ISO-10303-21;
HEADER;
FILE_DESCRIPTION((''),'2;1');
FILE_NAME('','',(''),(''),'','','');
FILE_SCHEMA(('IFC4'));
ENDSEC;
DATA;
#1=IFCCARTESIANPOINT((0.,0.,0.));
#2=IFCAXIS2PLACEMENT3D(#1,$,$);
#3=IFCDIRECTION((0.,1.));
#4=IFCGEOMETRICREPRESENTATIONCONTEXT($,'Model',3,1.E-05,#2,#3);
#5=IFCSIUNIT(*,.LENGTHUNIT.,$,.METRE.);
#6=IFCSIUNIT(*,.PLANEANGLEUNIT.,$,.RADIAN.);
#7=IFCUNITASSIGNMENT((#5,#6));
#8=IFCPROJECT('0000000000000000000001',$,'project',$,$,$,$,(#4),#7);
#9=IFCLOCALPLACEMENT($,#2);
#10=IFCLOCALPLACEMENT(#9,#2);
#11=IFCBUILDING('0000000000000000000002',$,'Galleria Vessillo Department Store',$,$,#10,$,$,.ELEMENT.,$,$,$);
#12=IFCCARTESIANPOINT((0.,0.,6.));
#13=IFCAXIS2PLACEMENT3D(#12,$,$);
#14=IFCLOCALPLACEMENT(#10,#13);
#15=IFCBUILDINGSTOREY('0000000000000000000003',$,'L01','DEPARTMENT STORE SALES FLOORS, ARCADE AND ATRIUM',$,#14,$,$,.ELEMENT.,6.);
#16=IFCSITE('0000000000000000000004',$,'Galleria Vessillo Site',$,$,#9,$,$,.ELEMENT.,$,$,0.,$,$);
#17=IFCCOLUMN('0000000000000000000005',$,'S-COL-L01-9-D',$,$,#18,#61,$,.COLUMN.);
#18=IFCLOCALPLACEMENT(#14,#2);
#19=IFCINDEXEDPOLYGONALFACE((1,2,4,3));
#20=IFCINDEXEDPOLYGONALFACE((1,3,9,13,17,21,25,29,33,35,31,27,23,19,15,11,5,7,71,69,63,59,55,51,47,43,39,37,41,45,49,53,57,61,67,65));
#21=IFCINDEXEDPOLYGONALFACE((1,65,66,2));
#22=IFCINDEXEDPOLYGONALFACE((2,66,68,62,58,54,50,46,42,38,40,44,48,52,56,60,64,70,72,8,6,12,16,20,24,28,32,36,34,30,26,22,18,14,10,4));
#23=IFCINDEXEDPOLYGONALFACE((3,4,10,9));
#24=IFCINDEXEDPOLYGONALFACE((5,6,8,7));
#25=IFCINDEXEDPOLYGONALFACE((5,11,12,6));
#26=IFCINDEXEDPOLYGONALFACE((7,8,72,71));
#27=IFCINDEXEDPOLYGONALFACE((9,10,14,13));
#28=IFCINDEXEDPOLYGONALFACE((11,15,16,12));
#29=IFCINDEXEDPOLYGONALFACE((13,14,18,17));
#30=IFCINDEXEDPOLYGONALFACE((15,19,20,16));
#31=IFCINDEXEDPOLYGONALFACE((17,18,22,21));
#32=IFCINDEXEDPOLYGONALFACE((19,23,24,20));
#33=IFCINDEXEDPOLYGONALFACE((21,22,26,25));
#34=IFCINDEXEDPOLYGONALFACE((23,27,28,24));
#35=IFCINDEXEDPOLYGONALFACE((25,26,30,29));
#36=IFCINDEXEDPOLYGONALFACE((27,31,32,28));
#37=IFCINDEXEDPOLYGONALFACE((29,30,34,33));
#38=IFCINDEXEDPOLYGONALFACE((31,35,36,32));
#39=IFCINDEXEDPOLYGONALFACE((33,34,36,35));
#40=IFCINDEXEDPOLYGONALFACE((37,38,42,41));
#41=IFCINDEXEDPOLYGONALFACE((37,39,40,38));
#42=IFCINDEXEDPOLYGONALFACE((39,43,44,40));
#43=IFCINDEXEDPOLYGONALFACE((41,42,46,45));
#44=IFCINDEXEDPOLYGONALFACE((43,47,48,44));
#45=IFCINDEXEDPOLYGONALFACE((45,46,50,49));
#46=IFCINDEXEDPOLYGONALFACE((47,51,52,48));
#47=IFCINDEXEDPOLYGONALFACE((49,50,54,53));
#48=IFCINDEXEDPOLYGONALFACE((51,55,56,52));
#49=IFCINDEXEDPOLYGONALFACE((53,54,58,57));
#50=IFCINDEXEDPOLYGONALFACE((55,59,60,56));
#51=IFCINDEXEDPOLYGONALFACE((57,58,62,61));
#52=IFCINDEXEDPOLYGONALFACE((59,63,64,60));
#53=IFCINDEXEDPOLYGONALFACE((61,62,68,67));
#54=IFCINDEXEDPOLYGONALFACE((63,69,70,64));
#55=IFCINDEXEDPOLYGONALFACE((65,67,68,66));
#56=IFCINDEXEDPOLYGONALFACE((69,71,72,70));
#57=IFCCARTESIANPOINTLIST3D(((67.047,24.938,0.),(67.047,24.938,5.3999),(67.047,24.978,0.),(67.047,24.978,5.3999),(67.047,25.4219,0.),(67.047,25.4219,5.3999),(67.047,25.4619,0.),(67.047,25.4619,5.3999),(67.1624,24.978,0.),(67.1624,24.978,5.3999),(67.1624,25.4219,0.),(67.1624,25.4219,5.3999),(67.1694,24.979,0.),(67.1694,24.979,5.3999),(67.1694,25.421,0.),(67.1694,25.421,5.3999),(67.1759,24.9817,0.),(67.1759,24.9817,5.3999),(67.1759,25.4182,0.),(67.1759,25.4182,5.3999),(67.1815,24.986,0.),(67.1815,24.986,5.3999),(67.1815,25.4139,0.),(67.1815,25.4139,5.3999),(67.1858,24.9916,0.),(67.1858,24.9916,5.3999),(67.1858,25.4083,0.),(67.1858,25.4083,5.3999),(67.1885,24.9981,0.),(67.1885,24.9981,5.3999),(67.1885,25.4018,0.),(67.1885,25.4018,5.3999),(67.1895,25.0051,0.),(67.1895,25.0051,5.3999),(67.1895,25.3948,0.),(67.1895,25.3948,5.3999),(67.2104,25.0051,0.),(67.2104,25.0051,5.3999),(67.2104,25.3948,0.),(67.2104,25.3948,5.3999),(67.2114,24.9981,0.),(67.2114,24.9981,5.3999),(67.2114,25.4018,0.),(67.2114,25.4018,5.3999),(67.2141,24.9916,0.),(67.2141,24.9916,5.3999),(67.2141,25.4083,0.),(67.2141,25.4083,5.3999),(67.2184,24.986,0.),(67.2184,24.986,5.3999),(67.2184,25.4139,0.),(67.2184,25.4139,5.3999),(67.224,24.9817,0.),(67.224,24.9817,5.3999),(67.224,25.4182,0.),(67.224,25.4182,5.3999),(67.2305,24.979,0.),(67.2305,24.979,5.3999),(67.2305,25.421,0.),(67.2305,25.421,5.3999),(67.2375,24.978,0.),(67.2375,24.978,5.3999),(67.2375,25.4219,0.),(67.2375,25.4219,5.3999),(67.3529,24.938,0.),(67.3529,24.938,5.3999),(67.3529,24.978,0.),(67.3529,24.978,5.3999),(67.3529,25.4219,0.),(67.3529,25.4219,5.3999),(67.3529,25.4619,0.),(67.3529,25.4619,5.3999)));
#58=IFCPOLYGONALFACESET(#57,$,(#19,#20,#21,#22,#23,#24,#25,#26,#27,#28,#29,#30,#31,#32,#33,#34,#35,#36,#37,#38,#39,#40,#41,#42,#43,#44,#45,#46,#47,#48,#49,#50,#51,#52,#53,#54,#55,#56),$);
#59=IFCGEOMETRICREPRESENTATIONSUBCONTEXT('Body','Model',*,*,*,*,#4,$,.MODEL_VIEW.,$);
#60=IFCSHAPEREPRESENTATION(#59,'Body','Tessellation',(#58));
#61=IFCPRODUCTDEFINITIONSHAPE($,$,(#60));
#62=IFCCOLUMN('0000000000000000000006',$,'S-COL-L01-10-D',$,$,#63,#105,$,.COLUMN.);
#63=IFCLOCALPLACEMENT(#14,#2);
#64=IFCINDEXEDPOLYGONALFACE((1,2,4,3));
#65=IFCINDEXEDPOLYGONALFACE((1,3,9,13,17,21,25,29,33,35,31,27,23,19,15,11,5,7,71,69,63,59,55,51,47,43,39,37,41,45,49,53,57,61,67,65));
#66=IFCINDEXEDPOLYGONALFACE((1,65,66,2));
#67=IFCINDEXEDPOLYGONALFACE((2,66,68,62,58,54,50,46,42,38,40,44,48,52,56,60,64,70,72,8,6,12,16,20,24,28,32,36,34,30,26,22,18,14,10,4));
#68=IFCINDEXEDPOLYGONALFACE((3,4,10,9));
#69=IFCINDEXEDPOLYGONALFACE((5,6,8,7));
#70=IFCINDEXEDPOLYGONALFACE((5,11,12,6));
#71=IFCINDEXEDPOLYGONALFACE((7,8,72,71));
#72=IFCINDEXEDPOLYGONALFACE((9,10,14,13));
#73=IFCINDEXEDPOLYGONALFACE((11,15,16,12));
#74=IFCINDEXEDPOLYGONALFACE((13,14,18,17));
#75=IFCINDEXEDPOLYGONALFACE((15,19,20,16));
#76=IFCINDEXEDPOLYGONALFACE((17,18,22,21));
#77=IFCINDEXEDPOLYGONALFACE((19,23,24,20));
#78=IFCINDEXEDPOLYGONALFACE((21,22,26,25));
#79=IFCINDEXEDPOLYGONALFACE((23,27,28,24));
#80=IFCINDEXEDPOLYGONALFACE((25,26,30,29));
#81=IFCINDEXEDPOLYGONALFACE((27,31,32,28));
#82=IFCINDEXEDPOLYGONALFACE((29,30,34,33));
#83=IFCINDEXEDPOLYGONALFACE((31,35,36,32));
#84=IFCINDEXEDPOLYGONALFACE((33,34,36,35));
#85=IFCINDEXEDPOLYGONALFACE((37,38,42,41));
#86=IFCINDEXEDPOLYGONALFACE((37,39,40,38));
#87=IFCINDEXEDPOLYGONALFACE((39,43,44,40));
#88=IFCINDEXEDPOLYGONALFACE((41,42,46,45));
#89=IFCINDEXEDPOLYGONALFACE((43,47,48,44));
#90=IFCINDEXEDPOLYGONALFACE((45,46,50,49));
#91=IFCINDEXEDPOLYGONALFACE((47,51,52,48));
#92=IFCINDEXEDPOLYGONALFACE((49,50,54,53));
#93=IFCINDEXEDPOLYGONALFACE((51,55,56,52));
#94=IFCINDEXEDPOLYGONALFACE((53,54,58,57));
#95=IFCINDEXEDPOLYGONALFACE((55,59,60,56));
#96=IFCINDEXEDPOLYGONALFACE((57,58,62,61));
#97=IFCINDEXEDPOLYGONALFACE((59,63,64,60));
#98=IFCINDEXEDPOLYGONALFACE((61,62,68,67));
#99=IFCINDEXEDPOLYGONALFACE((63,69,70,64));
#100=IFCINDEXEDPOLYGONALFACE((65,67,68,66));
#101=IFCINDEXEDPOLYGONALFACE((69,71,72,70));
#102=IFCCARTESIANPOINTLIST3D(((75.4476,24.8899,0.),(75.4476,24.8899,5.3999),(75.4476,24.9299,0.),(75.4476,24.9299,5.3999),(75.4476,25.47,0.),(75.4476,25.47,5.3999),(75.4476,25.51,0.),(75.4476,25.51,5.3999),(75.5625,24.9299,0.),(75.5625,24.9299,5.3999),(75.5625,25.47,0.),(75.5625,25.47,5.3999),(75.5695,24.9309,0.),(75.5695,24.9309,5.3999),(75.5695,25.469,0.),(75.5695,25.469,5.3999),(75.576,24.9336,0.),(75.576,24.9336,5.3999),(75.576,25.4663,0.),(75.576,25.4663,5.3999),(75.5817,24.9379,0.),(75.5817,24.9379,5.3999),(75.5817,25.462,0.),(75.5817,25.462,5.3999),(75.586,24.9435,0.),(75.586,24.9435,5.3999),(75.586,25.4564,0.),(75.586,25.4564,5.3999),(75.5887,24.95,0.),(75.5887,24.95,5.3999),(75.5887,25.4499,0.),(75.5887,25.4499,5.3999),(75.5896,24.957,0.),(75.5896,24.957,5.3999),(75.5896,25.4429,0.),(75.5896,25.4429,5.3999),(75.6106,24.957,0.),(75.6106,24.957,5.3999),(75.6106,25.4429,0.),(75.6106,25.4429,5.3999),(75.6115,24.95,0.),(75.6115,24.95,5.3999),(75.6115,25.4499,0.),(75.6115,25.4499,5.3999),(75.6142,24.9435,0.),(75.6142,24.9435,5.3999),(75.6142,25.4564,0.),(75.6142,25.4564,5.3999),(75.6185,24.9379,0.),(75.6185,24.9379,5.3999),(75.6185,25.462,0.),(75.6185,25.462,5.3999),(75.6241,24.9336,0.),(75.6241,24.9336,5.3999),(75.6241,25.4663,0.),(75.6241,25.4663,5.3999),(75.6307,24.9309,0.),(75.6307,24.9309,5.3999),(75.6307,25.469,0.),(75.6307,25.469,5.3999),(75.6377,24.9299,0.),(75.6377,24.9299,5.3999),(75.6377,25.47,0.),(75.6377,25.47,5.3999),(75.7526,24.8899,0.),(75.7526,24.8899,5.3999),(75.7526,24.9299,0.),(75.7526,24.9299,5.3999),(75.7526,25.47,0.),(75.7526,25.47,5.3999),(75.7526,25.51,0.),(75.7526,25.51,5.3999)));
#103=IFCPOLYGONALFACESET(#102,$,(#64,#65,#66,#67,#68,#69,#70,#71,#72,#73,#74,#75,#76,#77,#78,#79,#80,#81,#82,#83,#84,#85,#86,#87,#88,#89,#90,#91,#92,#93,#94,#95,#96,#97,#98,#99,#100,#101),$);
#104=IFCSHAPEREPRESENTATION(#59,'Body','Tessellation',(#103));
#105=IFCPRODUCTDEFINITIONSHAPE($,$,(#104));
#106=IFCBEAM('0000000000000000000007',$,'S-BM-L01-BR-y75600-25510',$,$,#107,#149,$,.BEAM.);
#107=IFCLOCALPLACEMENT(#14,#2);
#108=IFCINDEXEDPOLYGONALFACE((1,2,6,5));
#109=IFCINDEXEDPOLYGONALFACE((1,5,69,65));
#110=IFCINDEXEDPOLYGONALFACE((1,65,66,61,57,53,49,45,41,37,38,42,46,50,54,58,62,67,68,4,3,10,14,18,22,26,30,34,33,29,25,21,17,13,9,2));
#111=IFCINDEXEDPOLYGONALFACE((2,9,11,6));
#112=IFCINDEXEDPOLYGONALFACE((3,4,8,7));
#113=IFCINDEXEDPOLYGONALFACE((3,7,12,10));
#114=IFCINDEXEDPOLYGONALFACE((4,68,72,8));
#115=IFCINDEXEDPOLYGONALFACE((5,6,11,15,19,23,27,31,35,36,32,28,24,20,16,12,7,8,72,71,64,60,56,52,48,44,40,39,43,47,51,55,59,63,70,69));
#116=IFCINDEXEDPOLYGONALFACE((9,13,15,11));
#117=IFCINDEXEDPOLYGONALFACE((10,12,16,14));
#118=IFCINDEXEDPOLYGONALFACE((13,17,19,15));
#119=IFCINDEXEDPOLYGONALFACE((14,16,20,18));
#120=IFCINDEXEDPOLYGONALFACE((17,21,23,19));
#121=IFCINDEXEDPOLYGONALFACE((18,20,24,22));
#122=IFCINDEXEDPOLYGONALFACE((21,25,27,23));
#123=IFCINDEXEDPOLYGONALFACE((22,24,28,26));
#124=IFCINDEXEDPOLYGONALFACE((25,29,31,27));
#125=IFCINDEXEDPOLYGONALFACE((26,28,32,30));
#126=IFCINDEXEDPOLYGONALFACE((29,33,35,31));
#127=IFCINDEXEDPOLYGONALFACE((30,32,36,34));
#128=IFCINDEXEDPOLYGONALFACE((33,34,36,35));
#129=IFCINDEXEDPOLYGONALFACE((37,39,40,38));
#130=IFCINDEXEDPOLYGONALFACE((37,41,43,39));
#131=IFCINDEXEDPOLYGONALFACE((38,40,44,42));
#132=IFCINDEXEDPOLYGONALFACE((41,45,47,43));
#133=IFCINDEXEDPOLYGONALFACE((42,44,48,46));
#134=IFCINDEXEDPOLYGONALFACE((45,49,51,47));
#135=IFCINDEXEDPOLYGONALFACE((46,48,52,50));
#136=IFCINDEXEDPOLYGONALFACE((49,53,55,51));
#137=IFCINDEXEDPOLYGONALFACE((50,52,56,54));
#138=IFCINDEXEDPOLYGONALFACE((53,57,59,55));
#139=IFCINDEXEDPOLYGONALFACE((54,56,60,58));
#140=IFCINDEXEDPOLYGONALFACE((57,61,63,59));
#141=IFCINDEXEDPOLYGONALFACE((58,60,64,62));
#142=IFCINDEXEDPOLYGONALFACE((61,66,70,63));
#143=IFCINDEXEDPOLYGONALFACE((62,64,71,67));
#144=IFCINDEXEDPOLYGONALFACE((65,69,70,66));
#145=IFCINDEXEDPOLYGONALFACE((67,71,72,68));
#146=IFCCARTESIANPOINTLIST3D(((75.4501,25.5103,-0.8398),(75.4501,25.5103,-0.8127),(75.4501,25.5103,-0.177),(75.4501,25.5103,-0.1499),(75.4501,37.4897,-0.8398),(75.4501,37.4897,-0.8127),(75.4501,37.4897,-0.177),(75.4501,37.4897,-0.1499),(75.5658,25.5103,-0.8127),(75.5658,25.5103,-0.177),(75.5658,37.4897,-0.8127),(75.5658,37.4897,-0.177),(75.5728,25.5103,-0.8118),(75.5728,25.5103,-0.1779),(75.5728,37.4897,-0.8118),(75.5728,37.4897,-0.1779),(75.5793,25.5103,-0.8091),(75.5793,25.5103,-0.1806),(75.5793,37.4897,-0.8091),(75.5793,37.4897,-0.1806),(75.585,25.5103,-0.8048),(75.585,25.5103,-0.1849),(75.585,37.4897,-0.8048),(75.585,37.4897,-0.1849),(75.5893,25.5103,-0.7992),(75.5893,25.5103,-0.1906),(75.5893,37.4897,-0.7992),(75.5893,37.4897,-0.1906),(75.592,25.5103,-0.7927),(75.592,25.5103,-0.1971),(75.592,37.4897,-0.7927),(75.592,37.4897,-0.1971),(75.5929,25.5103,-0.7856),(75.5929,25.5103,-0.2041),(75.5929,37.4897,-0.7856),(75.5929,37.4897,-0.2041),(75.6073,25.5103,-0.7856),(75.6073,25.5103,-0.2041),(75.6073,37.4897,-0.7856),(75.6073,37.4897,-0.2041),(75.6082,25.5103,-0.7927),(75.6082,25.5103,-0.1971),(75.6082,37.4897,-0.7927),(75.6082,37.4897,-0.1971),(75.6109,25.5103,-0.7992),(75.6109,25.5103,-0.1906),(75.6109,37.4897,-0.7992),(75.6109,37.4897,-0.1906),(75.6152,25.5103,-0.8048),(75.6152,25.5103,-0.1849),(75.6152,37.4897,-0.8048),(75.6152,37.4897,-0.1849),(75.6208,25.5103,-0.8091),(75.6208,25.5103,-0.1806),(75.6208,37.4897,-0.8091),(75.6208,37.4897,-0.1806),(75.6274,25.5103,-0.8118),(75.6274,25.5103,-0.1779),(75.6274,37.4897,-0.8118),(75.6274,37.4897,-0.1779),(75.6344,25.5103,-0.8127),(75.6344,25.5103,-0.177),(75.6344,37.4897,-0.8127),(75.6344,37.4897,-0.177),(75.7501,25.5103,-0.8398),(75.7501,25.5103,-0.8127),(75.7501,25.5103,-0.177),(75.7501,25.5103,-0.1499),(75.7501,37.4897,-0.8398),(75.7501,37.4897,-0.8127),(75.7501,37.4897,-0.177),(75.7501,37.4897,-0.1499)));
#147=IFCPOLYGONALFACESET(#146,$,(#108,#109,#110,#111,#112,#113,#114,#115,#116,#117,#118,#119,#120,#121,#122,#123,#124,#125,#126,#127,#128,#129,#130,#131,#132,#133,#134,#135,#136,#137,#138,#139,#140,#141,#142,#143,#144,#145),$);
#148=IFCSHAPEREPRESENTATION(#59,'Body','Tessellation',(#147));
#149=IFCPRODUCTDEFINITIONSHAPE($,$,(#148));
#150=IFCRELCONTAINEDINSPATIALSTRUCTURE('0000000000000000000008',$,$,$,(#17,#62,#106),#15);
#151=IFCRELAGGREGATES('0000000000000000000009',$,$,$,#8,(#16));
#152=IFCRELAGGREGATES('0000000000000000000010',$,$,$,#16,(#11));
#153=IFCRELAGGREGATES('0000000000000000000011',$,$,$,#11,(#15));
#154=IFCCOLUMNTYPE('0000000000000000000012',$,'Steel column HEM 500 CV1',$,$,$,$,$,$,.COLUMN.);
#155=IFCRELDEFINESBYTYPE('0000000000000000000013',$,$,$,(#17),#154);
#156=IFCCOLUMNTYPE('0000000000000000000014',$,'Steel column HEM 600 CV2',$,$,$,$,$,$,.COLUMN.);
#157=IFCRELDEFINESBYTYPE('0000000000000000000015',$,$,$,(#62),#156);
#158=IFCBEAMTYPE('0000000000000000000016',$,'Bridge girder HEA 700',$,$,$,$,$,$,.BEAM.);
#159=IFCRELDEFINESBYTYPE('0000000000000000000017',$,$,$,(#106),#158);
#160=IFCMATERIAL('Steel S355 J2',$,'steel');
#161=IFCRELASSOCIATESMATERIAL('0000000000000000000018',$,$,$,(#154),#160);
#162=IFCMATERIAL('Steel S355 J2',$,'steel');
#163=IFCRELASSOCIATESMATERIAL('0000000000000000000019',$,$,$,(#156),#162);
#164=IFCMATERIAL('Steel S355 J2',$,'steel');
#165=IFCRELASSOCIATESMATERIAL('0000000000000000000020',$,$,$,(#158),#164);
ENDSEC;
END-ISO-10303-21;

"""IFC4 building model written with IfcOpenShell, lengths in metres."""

from ifc_helpers import new_model, si_unit, direction, frame, origin, origin_2d, place, context, subcontext, project, spatial, i_section, extrude, material, material_profile, profile_set, type_object, element, save


model = new_model("IFC4")

# Units and contexts
model_context = context("Model", 3, precision=1e-05, world=origin(), true_north=direction((0.0, 1.0)))
body_context = subcontext(model_context, "Body", "Model", "MODEL_VIEW")
ifc_project = project(units=[si_unit("LENGTHUNIT", "METRE"), si_unit("PLANEANGLEUNIT", "RADIAN")], contexts=[model_context])

# Site, building, storey
site_placement = place(None, origin())
site = spatial("IfcSite", under=ifc_project, at=site_placement, Name="Galleria Vessillo Site", CompositionType="ELEMENT", RefElevation=0.0)
building_placement = place(site_placement, origin())
building = spatial("IfcBuilding", under=site, at=building_placement, Name="Galleria Vessillo Department Store", CompositionType="ELEMENT")
storey_placement = place(building_placement, frame((0.0, 0.0, 6.0)))
storey = spatial("IfcBuildingStorey", under=building, at=storey_placement, Name="L01", Description="DEPARTMENT STORE SALES FLOORS, ARCADE AND ATRIUM", CompositionType="ELEMENT", Elevation=6.0)

# Columns
ifc_material_1 = material(Name="Steel S355 J2", Category="steel")
ifc_material_profile_1 = material_profile(ifc_material_1, i_section(OverallWidth=0.3059, OverallDepth=0.5239, WebThickness=0.021, FlangeThickness=0.04, FilletRadius=0.0271, at=origin_2d()), Name="HEM 500")
ifc_profile_set_1 = profile_set([ifc_material_profile_1], Name="Steel S355 J2")
column_type_1 = type_object("IfcColumnType", Name="Steel column HEM 500 CV1", PredefinedType="COLUMN", material=ifc_profile_set_1)
for number, where, z_axis, x_axis, name in (
    (1, (67.2, 25.2, 0.0), (0.0, 0.0, 1.0), (1.0, 0.0, 0.0), "S-COL-L01-9-D"),
):
    element("IfcColumn", number, at=place(storey_placement, frame(where, z_axis=z_axis, x_axis=x_axis)), inside=storey, type_object=column_type_1, Name=name, PredefinedType="COLUMN", context=body_context, shape_type="SweptSolid", body=[
        extrude(i_section(OverallWidth=0.3059, OverallDepth=0.5239, WebThickness=0.021, FlangeThickness=0.04, FilletRadius=0.0271, at=origin_2d()), origin(), (0.0, 0.0, 1.0), 5.3999),
    ])
ifc_material_2 = material(Name="Steel S355 J2", Category="steel")
ifc_material_profile_2 = material_profile(ifc_material_2, i_section(OverallWidth=0.3049, OverallDepth=0.6201, WebThickness=0.021, FlangeThickness=0.04, FilletRadius=0.0271, at=origin_2d()), Name="HEM 600")
ifc_profile_set_2 = profile_set([ifc_material_profile_2], Name="Steel S355 J2")
column_type_2 = type_object("IfcColumnType", Name="Steel column HEM 600 CV2", PredefinedType="COLUMN", material=ifc_profile_set_2)
column_placement = place(storey_placement, frame((75.6001, 25.2, 0.0), z_axis=(0.0, 0.0, 1.0), x_axis=(1.0, 0.0, 0.0)))
element("IfcColumn", 2, at=column_placement, inside=storey, type_object=column_type_2, Name="S-COL-L01-10-D", PredefinedType="COLUMN", context=body_context, shape_type="SweptSolid", body=[
    extrude(i_section(OverallWidth=0.3049, OverallDepth=0.6201, WebThickness=0.021, FlangeThickness=0.04, FilletRadius=0.0271, at=origin_2d()), origin(), (0.0, 0.0, 1.0), 5.3999),
])

# Beam
ifc_material_3 = material(Name="Steel S355 J2", Category="steel")
ifc_material_profile_3 = material_profile(ifc_material_3, i_section(OverallWidth=0.3, OverallDepth=0.6899, WebThickness=0.0144, FlangeThickness=0.0271, FilletRadius=0.0271, at=origin_2d()), Name="HEA 700")
ifc_profile_set_3 = profile_set([ifc_material_profile_3], Name="Steel S355 J2")
beam_type_1 = type_object("IfcBeamType", Name="Bridge girder HEA 700", PredefinedType="BEAM", material=ifc_profile_set_3)
beam_1_placement = place(storey_placement, frame((75.6001, 25.5103, -0.4949), z_axis=(0.0, 1.0, 0.0), x_axis=(-1.0, 0.0, 0.0)))
element("IfcBeam", 3, at=beam_1_placement, inside=storey, type_object=beam_type_1, Name="S-BM-L01-BR-y75600-25510", PredefinedType="BEAM", context=body_context, shape_type="SweptSolid", body=[
    extrude(i_section(OverallWidth=0.3, OverallDepth=0.6899, WebThickness=0.0144, FlangeThickness=0.0271, FilletRadius=0.0271, at=origin_2d()), origin(), (0.0, 0.0, 1.0), 11.9795),
])

save(model, "model.ifc")
